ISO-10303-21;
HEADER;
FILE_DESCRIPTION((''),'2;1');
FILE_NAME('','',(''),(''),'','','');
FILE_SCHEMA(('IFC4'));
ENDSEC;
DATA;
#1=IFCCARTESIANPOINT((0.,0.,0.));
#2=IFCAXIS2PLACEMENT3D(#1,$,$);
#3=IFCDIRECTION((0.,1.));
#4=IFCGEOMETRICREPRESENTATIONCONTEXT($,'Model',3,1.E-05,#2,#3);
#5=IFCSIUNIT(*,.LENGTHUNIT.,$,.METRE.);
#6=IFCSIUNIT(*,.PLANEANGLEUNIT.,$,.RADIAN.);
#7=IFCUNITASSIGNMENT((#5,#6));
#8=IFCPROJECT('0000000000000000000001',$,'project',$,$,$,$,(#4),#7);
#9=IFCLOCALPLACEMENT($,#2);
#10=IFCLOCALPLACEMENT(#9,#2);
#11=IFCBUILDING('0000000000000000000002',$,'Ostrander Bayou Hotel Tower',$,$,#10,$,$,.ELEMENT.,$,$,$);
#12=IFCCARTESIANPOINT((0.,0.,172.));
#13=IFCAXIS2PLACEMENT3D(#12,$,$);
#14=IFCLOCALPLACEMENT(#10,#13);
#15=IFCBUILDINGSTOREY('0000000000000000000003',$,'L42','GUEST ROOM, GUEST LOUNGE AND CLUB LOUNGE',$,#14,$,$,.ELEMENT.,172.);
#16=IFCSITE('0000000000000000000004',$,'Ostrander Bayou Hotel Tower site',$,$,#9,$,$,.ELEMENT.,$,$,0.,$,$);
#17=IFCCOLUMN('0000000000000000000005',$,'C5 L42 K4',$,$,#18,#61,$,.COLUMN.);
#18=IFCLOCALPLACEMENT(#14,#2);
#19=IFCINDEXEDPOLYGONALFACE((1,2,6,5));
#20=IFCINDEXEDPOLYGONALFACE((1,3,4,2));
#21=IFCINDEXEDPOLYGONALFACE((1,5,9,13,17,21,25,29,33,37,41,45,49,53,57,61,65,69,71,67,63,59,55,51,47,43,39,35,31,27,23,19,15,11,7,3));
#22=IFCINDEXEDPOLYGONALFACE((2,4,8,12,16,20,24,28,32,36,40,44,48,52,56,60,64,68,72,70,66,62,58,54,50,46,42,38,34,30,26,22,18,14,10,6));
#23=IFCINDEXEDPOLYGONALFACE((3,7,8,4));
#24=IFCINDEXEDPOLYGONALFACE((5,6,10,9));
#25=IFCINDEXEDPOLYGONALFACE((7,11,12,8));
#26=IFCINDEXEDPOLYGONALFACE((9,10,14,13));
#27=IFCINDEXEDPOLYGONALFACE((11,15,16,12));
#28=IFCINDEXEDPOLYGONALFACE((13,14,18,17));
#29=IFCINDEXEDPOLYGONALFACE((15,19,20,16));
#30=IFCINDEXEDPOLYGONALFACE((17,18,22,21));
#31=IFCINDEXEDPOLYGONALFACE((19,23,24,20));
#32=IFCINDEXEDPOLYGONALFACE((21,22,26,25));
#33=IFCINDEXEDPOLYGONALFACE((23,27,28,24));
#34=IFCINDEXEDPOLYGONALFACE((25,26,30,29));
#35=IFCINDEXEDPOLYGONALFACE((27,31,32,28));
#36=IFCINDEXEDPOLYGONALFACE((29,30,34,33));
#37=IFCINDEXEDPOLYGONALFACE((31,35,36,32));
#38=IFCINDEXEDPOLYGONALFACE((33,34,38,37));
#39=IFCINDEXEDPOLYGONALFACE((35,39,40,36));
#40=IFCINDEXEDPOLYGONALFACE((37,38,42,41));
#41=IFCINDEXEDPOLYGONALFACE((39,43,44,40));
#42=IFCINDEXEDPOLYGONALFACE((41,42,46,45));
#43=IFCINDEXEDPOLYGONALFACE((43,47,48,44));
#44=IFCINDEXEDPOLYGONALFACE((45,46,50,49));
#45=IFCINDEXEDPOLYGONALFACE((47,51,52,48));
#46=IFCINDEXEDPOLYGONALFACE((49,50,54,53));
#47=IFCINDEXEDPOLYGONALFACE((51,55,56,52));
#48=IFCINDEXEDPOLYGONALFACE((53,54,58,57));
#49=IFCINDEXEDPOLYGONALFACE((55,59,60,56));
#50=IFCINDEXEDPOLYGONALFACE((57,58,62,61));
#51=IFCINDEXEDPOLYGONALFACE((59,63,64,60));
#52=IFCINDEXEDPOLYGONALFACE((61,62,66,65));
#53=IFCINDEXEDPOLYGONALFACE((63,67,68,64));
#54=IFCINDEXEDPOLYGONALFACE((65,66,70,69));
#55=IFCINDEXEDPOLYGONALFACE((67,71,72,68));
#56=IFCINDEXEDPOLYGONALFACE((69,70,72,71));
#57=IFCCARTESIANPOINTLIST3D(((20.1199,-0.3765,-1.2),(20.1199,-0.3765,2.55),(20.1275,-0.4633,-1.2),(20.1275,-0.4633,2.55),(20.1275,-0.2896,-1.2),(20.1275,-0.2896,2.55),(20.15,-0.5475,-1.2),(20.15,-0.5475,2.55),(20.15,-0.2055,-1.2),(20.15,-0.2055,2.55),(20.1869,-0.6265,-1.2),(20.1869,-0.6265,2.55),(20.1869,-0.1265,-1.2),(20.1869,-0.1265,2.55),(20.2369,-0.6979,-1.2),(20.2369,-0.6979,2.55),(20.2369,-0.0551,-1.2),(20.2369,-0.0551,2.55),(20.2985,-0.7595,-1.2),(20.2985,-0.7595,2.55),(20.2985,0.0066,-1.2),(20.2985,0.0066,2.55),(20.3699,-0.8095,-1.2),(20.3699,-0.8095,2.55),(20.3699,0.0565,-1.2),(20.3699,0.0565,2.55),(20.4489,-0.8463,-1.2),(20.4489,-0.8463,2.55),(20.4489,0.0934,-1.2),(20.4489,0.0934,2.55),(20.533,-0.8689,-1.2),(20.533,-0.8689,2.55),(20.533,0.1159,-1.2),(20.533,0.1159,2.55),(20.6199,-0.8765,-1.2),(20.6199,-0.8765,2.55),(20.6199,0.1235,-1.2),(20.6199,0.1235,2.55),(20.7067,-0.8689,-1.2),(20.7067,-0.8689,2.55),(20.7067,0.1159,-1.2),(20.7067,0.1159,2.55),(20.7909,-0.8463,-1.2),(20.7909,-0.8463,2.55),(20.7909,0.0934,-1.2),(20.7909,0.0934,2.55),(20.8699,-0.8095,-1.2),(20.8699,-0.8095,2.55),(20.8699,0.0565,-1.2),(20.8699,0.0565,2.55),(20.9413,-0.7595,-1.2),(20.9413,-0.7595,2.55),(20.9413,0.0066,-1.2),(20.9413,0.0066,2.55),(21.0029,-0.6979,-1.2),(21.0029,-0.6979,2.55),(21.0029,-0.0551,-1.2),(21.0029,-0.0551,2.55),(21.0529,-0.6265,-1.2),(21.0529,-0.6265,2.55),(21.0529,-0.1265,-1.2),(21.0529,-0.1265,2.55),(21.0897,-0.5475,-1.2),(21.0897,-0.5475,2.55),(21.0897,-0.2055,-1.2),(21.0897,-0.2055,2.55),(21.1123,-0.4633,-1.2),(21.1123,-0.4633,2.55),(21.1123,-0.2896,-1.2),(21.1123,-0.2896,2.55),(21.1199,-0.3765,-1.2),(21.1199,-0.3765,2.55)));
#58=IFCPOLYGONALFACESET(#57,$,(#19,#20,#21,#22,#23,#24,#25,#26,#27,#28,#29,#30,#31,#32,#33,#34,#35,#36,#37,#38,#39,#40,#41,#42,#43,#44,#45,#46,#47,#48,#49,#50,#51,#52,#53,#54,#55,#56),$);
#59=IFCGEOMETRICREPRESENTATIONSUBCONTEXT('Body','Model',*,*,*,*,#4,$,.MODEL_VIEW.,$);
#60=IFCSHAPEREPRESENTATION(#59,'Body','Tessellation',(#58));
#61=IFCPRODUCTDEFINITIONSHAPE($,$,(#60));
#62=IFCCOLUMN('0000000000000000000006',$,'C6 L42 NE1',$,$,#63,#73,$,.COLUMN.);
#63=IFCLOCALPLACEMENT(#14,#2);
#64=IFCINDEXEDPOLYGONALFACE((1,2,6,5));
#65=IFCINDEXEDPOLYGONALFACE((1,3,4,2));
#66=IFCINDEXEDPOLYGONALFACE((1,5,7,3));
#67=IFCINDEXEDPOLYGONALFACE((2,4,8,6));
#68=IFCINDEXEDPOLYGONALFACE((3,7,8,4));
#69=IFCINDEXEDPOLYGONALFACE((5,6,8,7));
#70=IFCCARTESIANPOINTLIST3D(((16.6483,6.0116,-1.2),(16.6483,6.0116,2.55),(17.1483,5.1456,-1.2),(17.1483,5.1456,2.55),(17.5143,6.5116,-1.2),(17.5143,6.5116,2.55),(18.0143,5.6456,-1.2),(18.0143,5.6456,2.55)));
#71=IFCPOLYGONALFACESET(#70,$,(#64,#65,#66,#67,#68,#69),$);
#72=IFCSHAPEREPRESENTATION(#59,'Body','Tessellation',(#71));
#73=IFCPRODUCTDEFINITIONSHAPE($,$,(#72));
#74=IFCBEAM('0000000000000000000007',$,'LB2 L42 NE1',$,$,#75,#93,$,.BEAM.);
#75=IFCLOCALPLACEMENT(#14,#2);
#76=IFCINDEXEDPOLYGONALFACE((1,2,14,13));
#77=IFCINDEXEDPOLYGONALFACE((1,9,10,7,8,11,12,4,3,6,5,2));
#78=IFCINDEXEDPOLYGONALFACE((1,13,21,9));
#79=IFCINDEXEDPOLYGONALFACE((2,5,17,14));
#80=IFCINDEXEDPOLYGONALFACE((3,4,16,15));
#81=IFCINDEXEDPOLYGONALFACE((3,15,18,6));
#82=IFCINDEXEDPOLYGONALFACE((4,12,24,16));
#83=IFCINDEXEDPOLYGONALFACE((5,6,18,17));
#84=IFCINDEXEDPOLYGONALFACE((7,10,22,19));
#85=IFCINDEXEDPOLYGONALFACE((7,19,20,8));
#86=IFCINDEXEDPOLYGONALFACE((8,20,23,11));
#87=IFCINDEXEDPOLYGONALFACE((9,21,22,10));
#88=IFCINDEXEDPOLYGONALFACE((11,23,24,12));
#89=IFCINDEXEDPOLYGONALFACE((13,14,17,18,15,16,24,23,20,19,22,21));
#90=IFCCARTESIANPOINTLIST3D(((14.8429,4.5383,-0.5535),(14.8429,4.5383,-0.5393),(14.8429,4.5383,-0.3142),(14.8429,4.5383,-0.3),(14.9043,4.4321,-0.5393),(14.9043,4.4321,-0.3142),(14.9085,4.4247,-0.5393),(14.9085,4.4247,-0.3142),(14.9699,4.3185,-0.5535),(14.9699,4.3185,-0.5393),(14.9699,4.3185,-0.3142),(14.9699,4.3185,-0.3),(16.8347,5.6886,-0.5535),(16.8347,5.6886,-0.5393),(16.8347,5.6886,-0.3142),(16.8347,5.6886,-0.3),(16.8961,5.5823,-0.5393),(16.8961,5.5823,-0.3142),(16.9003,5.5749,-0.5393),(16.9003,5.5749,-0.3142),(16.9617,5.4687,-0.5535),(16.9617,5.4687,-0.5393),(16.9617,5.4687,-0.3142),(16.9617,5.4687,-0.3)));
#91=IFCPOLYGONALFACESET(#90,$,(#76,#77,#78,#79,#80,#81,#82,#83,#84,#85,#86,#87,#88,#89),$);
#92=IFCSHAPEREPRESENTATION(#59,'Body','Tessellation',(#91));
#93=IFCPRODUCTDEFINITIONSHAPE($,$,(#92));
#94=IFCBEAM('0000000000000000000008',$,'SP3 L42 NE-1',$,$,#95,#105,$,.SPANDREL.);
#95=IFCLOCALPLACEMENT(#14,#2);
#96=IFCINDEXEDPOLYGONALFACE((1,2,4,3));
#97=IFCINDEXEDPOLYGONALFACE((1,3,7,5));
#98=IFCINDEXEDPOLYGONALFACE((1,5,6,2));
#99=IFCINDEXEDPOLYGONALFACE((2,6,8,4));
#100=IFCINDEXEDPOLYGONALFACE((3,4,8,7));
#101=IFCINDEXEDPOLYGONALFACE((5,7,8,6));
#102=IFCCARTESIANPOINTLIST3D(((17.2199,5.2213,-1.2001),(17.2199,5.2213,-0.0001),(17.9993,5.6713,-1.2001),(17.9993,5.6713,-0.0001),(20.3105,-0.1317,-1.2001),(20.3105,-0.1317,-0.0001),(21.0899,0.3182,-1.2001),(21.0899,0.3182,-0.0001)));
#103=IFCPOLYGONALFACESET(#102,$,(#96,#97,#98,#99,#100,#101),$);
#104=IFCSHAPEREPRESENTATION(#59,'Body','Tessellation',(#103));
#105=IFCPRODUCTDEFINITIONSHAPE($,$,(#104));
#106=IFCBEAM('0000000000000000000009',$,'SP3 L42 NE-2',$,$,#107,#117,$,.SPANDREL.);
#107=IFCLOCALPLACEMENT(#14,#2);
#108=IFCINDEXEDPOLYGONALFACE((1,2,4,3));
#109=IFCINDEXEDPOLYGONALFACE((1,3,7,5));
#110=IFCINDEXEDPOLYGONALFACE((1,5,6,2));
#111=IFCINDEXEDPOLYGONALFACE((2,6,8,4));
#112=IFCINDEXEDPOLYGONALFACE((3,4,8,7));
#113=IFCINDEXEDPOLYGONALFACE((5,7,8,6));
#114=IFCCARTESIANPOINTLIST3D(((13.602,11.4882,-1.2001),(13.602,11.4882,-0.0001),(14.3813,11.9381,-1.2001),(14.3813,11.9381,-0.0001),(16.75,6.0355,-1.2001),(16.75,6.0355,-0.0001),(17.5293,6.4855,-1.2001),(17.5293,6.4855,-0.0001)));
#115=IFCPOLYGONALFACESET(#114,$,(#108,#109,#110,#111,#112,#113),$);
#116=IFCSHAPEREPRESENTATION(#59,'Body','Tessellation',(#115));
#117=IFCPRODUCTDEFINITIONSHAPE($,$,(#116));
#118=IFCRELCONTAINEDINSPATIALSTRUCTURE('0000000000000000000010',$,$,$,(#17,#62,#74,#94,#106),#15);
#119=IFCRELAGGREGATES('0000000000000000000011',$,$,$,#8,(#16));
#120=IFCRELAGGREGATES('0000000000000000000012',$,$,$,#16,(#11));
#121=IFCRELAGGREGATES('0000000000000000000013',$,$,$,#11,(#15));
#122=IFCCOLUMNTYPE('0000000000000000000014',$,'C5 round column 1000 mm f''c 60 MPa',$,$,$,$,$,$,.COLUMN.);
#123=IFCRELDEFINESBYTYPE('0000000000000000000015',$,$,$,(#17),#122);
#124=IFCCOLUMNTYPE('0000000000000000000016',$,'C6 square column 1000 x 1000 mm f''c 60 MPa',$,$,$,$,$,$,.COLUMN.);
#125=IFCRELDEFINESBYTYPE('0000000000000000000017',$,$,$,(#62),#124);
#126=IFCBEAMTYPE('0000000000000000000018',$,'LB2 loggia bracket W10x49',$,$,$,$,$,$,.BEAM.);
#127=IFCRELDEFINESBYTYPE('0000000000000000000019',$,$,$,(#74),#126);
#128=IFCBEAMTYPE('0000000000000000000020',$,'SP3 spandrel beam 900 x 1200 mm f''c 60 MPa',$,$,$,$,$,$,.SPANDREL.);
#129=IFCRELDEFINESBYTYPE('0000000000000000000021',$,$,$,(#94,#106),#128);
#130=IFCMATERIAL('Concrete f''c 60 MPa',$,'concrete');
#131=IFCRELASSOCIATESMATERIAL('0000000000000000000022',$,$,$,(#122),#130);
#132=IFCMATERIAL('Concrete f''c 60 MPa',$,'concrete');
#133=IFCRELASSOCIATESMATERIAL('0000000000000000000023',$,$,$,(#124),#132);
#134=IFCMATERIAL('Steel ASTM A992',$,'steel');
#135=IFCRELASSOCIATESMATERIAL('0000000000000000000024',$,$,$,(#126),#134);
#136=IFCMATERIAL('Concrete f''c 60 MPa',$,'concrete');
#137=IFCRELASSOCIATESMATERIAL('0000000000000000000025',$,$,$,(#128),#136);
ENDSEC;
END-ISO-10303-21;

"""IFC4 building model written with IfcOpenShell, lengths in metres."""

from ifc_helpers import new_model, si_unit, direction, frame, origin, origin_2d, place, context, subcontext, project, spatial, rectangle, circle, i_section, extrude, material, material_profile, profile_set, type_object, element, save


model = new_model("IFC4")

# Units and contexts
model_context = context("Model", 3, precision=1e-05, world=origin(), true_north=direction((0.0, 1.0)))
body_context = subcontext(model_context, "Body", "Model", "MODEL_VIEW")
ifc_project = project(units=[si_unit("LENGTHUNIT", "METRE"), si_unit("PLANEANGLEUNIT", "RADIAN")], contexts=[model_context])

# Site, building, storey
site_placement = place(None, origin())
site = spatial("IfcSite", under=ifc_project, at=site_placement, Name="Ostrander Bayou Hotel Tower site", CompositionType="ELEMENT", RefElevation=0.0)
building_placement = place(site_placement, origin())
building = spatial("IfcBuilding", under=site, at=building_placement, Name="Ostrander Bayou Hotel Tower", CompositionType="ELEMENT")
storey_placement = place(building_placement, frame((0.0, 0.0, 172.0)))
storey = spatial("IfcBuildingStorey", under=building, at=storey_placement, Name="L42", Description="GUEST ROOM, GUEST LOUNGE AND CLUB LOUNGE", CompositionType="ELEMENT", Elevation=172.0)

# Columns
ifc_material_1 = material(Name="Concrete f'c 60 MPa", Category="concrete")
ifc_material_profile_1 = material_profile(ifc_material_1, circle(Radius=0.5, at=origin_2d()))
ifc_profile_set_1 = profile_set([ifc_material_profile_1], Name="Concrete f'c 60 MPa")
column_type_1 = type_object("IfcColumnType", Name="C5 round column 1000 mm f'c 60 MPa", PredefinedType="COLUMN", material=ifc_profile_set_1)
column_1_placement = place(storey_placement, frame((20.6199, -0.3765, -1.2), z_axis=(0.0, 0.0, 1.0), x_axis=(1.0, 0.0, 0.0)))
element("IfcColumn", 1, at=column_1_placement, inside=storey, type_object=column_type_1, Name="C5 L42 K4", PredefinedType="COLUMN", context=body_context, shape_type="SweptSolid", body=[
    extrude(circle(Radius=0.5, at=origin_2d()), origin(), (0.0, 0.0, 1.0), 3.75),
])
ifc_material_2 = material(Name="Concrete f'c 60 MPa", Category="concrete")
ifc_material_profile_2 = material_profile(ifc_material_2, rectangle(XDim=1.0, YDim=1.0, at=origin_2d()))
ifc_profile_set_2 = profile_set([ifc_material_profile_2], Name="Concrete f'c 60 MPa")
column_type_2 = type_object("IfcColumnType", Name="C6 square column 1000 x 1000 mm f'c 60 MPa", PredefinedType="COLUMN", material=ifc_profile_set_2)
column_2_placement = place(storey_placement, frame((17.3313, 5.8286, -1.2), z_axis=(0.0, 0.0, 1.0), x_axis=(0.5, -0.866025, 0.0)))
element("IfcColumn", 2, at=column_2_placement, inside=storey, type_object=column_type_2, Name="C6 L42 NE1", PredefinedType="COLUMN", context=body_context, shape_type="SweptSolid", body=[
    extrude(rectangle(XDim=1.0, YDim=1.0, at=origin_2d()), origin(), (0.0, 0.0, 1.0), 3.75),
])

# Beams
ifc_material_3 = material(Name="Steel ASTM A992", Category="steel")
ifc_material_profile_3 = material_profile(ifc_material_3, i_section(OverallWidth=0.2539, OverallDepth=0.2534, WebThickness=0.0085, FlangeThickness=0.0142, at=origin_2d()))
ifc_profile_set_3 = profile_set([ifc_material_profile_3], Name="Steel ASTM A992")
beam_type_1 = type_object("IfcBeamType", Name="LB2 loggia bracket W10x49", PredefinedType="BEAM", material=ifc_profile_set_3)
beam_1_placement = place(storey_placement, frame((16.8982, 5.5786, -0.4268), z_axis=(-0.865981, -0.500078, 0.0), x_axis=(0.500078, -0.865981, 0.0)))
element("IfcBeam", 3, at=beam_1_placement, inside=storey, type_object=beam_type_1, Name="LB2 L42 NE1", PredefinedType="BEAM", context=body_context, shape_type="SweptSolid", body=[
    extrude(i_section(OverallWidth=0.2539, OverallDepth=0.2534, WebThickness=0.0085, FlangeThickness=0.0142, at=origin_2d()), origin(), (0.0, 0.0, 1.0), 2.3),
])
ifc_material_4 = material(Name="Concrete f'c 60 MPa", Category="concrete")
ifc_material_profile_4 = material_profile(ifc_material_4, rectangle(XDim=0.8999, YDim=1.2, at=origin_2d()))
ifc_profile_set_4 = profile_set([ifc_material_profile_4], Name="Concrete f'c 60 MPa")
beam_type_2 = type_object("IfcBeamType", Name="SP3 spandrel beam 900 x 1200 mm f'c 60 MPa", PredefinedType="SPANDREL", material=ifc_profile_set_4)
beam_2_placement = place(storey_placement, frame((20.7002, 0.0933, -0.6001), z_axis=(-0.500001, 0.866025, 0.0), x_axis=(-0.866025, -0.500001, 0.0)))
element("IfcBeam", 4, at=beam_2_placement, inside=storey, type_object=beam_type_2, Name="SP3 L42 NE-1", PredefinedType="SPANDREL", context=body_context, shape_type="SweptSolid", body=[
    extrude(rectangle(XDim=0.8999, YDim=1.2, at=origin_2d()), origin(), (0.0, 0.0, 1.0), 6.1812),
])
beam_3_placement = place(storey_placement, frame((17.1396, 6.2605, -0.6001), z_axis=(-0.499984, 0.866034, 0.0), x_axis=(-0.866034, -0.499984, 0.0)))
element("IfcBeam", 5, at=beam_3_placement, inside=storey, type_object=beam_type_2, Name="SP3 L42 NE-2", PredefinedType="SPANDREL", context=body_context, shape_type="SweptSolid", body=[
    extrude(rectangle(XDim=0.8999, YDim=1.2, at=origin_2d()), origin(), (0.0, 0.0, 1.0), 6.2961),
])

save(model, "model.ifc")
